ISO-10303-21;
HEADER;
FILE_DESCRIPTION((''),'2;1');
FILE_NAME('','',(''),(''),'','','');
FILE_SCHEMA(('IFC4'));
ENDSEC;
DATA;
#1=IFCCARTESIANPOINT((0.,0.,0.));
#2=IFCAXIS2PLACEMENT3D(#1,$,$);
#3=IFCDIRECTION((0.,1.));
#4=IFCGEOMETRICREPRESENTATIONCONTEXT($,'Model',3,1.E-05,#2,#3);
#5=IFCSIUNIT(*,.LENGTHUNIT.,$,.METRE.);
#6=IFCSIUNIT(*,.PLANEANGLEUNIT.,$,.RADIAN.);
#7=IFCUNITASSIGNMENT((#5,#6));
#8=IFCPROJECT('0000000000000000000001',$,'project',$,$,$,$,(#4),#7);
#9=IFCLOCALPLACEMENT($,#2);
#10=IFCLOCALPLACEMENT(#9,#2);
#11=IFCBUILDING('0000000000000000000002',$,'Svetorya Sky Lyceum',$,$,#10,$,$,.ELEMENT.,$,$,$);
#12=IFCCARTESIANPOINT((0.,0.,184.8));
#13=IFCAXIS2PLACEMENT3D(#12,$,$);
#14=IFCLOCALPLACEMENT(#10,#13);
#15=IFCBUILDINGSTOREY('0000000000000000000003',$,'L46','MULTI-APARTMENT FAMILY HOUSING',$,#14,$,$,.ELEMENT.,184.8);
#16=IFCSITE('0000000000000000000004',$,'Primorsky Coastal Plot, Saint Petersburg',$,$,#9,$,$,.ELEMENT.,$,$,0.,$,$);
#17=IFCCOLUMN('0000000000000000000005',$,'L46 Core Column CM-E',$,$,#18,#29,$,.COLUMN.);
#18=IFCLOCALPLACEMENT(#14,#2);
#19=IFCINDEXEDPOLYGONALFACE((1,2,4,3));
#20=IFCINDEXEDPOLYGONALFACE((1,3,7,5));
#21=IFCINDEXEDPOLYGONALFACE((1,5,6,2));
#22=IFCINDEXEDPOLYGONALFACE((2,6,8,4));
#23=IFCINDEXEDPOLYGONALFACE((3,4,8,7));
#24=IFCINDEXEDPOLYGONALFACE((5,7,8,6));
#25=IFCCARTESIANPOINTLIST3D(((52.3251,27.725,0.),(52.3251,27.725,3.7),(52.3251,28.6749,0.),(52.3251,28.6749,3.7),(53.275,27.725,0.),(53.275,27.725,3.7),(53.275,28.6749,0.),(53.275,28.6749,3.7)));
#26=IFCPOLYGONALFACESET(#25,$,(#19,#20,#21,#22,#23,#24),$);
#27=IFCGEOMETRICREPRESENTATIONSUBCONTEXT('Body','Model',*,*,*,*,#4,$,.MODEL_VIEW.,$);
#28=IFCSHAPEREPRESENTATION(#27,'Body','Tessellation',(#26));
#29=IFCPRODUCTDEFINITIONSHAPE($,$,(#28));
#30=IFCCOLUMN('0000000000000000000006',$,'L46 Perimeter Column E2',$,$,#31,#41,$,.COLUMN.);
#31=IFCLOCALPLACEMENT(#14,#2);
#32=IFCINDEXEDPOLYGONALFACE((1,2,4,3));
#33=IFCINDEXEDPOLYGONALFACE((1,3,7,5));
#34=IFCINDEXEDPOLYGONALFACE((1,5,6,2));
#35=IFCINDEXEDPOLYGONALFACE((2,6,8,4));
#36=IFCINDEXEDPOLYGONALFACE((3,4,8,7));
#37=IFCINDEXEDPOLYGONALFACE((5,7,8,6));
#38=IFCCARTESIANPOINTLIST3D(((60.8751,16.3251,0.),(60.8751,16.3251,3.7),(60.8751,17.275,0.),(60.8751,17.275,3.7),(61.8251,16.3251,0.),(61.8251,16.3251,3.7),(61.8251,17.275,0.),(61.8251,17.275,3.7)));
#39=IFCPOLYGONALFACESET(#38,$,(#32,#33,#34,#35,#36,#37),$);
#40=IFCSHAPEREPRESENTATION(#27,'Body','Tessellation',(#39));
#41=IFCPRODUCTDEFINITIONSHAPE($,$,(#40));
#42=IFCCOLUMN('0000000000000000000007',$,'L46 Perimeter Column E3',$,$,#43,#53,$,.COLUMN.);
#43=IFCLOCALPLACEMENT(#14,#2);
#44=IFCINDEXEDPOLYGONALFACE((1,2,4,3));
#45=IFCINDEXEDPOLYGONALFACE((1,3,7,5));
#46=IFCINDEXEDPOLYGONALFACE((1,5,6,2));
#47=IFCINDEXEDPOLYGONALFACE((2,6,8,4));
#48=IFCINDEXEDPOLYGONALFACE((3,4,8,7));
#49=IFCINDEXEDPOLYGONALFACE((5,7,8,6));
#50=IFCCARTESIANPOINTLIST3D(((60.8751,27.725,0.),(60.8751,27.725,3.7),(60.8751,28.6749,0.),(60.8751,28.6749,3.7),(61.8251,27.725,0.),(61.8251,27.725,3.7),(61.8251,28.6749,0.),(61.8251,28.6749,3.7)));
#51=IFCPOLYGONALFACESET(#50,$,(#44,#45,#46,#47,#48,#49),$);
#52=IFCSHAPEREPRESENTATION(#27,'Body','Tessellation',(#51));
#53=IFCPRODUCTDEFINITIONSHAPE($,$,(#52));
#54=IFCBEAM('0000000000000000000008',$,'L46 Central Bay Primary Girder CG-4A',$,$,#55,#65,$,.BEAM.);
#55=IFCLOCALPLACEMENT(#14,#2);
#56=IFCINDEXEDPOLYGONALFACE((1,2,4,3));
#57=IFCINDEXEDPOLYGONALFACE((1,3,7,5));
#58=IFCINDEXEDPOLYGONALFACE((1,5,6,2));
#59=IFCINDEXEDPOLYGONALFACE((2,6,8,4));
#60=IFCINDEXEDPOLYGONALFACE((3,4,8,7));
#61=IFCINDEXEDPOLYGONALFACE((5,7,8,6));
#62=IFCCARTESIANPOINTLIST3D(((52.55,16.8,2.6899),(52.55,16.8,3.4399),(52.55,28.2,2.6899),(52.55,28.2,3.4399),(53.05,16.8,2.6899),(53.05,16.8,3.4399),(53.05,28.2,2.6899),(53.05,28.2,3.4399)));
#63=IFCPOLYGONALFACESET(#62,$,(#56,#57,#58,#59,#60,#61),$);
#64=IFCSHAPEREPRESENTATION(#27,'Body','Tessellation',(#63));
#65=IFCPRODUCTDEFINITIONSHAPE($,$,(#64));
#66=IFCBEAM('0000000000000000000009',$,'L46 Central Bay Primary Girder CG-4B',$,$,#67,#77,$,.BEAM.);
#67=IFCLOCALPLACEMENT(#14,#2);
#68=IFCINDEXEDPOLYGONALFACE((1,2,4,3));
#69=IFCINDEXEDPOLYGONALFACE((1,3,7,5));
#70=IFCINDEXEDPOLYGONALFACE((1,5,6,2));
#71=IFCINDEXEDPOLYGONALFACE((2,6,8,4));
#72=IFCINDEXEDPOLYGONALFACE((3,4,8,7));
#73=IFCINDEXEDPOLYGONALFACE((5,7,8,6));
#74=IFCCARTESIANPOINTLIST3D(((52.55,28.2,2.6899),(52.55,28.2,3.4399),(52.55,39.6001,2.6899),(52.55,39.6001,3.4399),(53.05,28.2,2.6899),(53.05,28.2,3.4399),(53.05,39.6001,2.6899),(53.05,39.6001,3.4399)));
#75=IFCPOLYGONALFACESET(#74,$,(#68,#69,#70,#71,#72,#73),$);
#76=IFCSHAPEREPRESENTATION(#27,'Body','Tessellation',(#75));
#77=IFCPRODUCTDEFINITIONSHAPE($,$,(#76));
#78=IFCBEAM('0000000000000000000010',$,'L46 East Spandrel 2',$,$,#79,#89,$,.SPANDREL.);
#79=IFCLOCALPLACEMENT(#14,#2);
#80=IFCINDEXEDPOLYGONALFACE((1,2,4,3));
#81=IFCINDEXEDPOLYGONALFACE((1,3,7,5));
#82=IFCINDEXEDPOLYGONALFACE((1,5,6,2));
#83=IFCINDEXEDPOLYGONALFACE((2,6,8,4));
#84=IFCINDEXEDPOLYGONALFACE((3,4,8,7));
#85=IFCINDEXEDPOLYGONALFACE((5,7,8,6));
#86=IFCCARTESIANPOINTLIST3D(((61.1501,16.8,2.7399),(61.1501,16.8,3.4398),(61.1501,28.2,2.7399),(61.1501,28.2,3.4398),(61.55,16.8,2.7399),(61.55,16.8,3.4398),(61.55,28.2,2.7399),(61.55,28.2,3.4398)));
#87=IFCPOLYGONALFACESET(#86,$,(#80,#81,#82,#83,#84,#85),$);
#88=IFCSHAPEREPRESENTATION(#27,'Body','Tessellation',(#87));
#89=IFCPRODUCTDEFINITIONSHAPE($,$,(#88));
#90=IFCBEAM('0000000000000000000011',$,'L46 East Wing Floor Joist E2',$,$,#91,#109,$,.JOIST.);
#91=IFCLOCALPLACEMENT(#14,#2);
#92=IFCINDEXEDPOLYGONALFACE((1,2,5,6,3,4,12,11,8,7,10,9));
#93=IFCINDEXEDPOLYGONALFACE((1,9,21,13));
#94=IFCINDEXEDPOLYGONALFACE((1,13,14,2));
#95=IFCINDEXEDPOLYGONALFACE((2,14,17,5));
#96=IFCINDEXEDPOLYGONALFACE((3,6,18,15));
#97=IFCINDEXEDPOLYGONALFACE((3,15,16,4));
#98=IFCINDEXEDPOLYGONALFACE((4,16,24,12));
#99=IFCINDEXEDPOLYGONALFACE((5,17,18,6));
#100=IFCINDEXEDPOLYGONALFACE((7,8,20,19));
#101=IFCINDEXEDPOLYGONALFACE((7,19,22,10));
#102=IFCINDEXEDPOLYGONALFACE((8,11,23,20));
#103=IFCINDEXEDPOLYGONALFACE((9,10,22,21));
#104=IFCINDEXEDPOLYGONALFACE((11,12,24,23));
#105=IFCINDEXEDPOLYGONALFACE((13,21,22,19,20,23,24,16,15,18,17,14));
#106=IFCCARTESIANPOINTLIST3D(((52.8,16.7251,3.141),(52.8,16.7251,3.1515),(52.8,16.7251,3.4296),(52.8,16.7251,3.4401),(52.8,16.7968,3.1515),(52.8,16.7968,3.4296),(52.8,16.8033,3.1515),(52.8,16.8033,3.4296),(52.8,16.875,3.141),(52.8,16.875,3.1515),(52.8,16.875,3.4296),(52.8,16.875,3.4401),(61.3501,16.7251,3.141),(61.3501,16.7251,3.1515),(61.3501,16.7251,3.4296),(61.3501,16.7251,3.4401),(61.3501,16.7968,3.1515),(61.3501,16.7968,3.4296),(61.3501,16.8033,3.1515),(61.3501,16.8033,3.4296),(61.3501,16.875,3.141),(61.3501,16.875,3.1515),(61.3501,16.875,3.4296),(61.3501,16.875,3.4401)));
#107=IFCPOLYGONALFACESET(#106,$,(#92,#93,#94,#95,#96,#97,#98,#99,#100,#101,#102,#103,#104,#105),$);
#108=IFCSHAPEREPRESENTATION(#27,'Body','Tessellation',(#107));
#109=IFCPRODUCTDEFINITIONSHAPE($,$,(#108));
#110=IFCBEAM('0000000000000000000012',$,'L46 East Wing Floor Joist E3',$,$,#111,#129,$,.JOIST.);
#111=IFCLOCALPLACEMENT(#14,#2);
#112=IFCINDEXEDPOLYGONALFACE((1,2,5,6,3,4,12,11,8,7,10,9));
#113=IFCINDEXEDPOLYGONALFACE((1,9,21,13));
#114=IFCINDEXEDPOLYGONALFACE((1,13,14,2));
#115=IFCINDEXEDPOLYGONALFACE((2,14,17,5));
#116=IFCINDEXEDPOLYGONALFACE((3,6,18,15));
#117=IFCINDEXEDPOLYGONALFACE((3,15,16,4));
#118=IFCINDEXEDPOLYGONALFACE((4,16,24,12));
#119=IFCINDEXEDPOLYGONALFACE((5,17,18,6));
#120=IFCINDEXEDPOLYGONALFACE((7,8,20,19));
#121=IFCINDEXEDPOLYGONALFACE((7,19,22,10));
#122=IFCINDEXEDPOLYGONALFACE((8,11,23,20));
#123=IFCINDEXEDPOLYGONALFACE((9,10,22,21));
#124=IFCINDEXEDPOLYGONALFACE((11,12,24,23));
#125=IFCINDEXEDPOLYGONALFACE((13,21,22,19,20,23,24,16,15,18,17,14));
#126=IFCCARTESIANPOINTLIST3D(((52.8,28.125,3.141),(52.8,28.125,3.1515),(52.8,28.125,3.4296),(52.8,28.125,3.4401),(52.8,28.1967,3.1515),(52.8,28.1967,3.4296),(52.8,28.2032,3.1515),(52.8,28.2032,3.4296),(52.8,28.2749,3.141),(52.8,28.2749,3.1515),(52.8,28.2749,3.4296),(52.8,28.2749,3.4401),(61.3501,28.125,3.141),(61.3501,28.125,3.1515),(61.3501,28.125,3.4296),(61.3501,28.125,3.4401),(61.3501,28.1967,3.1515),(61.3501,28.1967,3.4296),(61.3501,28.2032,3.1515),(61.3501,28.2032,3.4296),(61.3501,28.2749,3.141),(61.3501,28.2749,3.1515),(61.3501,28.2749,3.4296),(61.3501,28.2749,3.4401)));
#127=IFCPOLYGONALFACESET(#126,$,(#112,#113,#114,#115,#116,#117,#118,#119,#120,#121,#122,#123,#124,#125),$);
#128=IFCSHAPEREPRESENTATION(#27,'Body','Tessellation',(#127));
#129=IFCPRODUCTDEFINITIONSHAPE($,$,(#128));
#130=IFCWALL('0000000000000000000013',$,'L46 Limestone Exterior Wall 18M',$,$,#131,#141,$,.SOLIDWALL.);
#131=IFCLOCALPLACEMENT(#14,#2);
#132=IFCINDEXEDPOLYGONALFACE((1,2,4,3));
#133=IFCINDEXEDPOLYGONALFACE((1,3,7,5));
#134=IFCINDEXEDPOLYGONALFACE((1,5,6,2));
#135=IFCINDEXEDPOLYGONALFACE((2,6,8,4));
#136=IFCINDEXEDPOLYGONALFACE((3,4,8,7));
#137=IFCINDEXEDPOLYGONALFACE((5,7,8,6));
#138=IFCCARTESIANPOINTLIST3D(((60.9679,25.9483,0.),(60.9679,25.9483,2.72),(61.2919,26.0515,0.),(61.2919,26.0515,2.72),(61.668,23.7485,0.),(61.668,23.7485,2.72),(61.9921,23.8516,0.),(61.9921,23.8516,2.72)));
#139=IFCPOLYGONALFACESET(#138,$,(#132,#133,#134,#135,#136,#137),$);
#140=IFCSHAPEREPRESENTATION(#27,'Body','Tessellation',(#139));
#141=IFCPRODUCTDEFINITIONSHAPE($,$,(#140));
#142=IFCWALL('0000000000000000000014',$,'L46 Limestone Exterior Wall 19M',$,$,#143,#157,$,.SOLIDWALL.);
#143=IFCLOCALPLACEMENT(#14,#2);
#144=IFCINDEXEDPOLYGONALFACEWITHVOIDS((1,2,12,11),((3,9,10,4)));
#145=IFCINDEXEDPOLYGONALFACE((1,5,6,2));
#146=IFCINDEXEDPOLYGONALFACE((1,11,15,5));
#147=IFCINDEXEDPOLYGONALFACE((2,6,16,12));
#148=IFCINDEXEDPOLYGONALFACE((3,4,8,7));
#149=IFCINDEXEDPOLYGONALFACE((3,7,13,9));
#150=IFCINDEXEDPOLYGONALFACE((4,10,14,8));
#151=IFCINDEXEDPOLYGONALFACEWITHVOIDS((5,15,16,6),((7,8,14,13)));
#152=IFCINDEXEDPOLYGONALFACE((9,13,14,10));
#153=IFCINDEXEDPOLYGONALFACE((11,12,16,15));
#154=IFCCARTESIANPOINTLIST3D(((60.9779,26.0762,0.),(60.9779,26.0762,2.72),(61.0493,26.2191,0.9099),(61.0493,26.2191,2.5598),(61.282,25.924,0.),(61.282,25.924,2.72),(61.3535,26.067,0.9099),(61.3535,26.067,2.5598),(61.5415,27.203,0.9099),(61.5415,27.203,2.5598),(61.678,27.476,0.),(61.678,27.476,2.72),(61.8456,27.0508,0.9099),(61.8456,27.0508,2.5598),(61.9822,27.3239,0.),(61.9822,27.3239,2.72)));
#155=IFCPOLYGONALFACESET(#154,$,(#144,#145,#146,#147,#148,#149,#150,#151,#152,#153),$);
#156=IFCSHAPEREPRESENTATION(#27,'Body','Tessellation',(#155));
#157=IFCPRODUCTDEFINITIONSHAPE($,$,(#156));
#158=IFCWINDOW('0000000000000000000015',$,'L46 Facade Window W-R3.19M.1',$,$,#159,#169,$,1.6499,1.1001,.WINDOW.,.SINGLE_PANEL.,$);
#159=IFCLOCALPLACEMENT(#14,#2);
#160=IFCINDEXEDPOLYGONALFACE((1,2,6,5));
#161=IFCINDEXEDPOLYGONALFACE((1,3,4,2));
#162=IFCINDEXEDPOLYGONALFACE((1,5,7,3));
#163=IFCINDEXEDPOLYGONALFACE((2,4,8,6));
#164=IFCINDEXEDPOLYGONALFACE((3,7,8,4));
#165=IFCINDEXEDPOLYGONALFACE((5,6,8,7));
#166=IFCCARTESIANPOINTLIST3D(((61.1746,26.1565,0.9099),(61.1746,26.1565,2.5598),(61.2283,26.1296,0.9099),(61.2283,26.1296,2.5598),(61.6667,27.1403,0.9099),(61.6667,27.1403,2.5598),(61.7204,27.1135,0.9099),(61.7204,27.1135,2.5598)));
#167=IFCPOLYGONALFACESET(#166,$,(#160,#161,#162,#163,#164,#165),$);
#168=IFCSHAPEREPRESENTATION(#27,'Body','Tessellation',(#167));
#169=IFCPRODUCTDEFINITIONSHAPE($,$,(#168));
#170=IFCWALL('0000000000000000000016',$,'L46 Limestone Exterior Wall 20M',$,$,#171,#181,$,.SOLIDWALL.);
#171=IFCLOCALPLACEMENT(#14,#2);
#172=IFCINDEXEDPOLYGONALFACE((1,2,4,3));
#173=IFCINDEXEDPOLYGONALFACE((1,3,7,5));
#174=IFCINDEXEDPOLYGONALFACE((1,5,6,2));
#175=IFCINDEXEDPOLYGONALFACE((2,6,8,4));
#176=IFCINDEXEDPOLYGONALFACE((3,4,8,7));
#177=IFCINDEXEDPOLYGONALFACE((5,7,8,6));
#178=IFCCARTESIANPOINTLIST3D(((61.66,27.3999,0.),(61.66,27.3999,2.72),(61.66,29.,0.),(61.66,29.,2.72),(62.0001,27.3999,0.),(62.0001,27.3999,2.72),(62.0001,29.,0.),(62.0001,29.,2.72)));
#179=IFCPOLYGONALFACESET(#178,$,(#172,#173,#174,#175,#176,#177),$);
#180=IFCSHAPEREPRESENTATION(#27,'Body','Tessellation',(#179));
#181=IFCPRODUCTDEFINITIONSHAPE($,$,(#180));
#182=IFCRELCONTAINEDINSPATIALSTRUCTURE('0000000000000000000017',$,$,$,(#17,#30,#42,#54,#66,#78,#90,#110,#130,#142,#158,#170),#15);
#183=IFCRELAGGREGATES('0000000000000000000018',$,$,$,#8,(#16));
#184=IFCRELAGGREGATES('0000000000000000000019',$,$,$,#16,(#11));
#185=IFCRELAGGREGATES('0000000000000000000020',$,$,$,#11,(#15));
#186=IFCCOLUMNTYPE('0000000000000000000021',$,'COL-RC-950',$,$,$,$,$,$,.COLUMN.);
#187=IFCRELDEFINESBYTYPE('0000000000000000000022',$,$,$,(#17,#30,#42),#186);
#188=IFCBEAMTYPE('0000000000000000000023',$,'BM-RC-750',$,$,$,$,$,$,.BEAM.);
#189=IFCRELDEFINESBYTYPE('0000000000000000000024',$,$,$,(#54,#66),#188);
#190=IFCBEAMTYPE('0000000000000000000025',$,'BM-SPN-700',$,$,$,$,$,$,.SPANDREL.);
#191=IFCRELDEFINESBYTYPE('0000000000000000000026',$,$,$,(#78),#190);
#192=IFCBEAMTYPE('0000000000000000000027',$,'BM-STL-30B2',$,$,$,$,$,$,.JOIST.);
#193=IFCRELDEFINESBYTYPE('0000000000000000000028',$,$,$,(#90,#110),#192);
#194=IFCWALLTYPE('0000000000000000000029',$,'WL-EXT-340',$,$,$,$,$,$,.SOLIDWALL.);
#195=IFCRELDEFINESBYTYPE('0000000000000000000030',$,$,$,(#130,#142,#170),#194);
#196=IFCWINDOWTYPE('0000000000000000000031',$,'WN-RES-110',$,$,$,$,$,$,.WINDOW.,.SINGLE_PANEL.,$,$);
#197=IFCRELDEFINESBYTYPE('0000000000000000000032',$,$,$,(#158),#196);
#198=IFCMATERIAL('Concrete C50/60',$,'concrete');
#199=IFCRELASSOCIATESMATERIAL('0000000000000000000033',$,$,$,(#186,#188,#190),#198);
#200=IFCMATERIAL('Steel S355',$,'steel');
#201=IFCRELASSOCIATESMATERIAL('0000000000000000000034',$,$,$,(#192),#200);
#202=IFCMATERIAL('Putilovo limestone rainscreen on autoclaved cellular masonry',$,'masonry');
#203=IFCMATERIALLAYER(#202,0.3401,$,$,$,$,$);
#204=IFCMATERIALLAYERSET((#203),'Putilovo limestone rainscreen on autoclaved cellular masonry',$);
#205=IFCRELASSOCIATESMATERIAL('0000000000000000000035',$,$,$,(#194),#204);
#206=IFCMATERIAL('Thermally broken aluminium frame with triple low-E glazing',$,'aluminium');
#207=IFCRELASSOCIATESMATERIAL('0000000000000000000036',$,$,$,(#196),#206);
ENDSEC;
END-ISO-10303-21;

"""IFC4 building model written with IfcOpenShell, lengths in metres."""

from ifc_helpers import new_model, si_unit, direction, frame, frame_2d, origin, origin_2d, place, context, subcontext, project, spatial, rectangle, i_section, extrude, material, layer, layer_set, material_profile, profile_set, type_object, element, fill, save


model = new_model("IFC4")

# Units and contexts
model_context = context("Model", 3, precision=1e-05, world=origin(), true_north=direction((0.0, 1.0)))
body_context = subcontext(model_context, "Body", "Model", "MODEL_VIEW")
ifc_project = project(units=[si_unit("LENGTHUNIT", "METRE"), si_unit("PLANEANGLEUNIT", "RADIAN")], contexts=[model_context])

# Site, building, storey
site_placement = place(None, origin())
site = spatial("IfcSite", under=ifc_project, at=site_placement, Name="Primorsky Coastal Plot, Saint Petersburg", CompositionType="ELEMENT", RefElevation=0.0)
building_placement = place(site_placement, origin())
building = spatial("IfcBuilding", under=site, at=building_placement, Name="Svetorya Sky Lyceum", CompositionType="ELEMENT")
storey_placement = place(building_placement, frame((0.0, 0.0, 184.8)))
storey = spatial("IfcBuildingStorey", under=building, at=storey_placement, Name="L46", Description="MULTI-APARTMENT FAMILY HOUSING", CompositionType="ELEMENT", Elevation=184.8)

# Columns
ifc_material_1 = material(Name="Concrete C50/60", Category="concrete")
ifc_material_profile_1 = material_profile(ifc_material_1, rectangle(XDim=0.95, YDim=0.95, at=origin_2d()), Name="RC COL 950x950")
ifc_profile_set_1 = profile_set([ifc_material_profile_1], Name="Concrete C50/60")
column_type = type_object("IfcColumnType", Name="COL-RC-950", PredefinedType="COLUMN", material=ifc_profile_set_1)
for number, where, z_axis, x_axis, name in (
    (1, (52.8, 28.2, 0.0), (0.0, 0.0, 1.0), (1.0, 0.0, 0.0), "L46 Core Column CM-E"),
    (2, (61.3501, 16.8, 0.0), (0.0, 0.0, 1.0), (1.0, 0.0, 0.0), "L46 Perimeter Column E2"),
    (3, (61.3501, 28.2, 0.0), (0.0, 0.0, 1.0), (1.0, 0.0, 0.0), "L46 Perimeter Column E3"),
):
    element("IfcColumn", number, at=place(storey_placement, frame(where, z_axis=z_axis, x_axis=x_axis)), inside=storey, type_object=column_type, Name=name, PredefinedType="COLUMN", context=body_context, shape_type="SweptSolid", body=[
        extrude(rectangle(XDim=0.95, YDim=0.95, at=origin_2d()), origin(), (0.0, 0.0, 1.0), 3.7),
    ])

# Beams
ifc_material_profile_2 = material_profile(ifc_material_1, rectangle(XDim=0.5, YDim=0.75, at=origin_2d()), Name="RC BEAM 500x750")
ifc_profile_set_2 = profile_set([ifc_material_profile_2], Name="Concrete C50/60")
beam_type_1 = type_object("IfcBeamType", Name="BM-RC-750", PredefinedType="BEAM", material=ifc_profile_set_2)
beam_1_placement = place(storey_placement, frame((52.8, 16.8, 3.0649), z_axis=(0.0, 1.0, 0.0), x_axis=(-1.0, 0.0, 0.0)))
element("IfcBeam", 4, at=beam_1_placement, inside=storey, type_object=beam_type_1, Name="L46 Central Bay Primary Girder CG-4A", PredefinedType="BEAM", context=body_context, shape_type="SweptSolid", body=[
    extrude(rectangle(XDim=0.5, YDim=0.75, at=origin_2d()), origin(), (0.0, 0.0, 1.0), 11.3999),
])
beam_2_placement = place(storey_placement, frame((52.8, 28.2, 3.0649), z_axis=(0.0, 1.0, 0.0), x_axis=(-1.0, 0.0, 0.0)))
element("IfcBeam", 5, at=beam_2_placement, inside=storey, type_object=beam_type_1, Name="L46 Central Bay Primary Girder CG-4B", PredefinedType="BEAM", context=body_context, shape_type="SweptSolid", body=[
    extrude(rectangle(XDim=0.5, YDim=0.75, at=origin_2d()), origin(), (0.0, 0.0, 1.0), 11.4001),
])
ifc_material_profile_3 = material_profile(ifc_material_1, rectangle(XDim=0.3999, YDim=0.7, at=origin_2d()), Name="RC SPANDREL 400x700")
ifc_profile_set_3 = profile_set([ifc_material_profile_3], Name="Concrete C50/60")
beam_type_2 = type_object("IfcBeamType", Name="BM-SPN-700", PredefinedType="SPANDREL", material=ifc_profile_set_3)
beam_3_placement = place(storey_placement, frame((61.3501, 16.8, 3.0898), z_axis=(0.0, 1.0, 0.0), x_axis=(-1.0, 0.0, 0.0)))
element("IfcBeam", 6, at=beam_3_placement, inside=storey, type_object=beam_type_2, Name="L46 East Spandrel 2", PredefinedType="SPANDREL", context=body_context, shape_type="SweptSolid", body=[
    extrude(rectangle(XDim=0.3999, YDim=0.7, at=origin_2d()), origin(), (0.0, 0.0, 1.0), 11.3999),
])
ifc_material_2 = material(Name="Steel S355", Category="steel")
ifc_material_profile_4 = material_profile(ifc_material_2, i_section(OverallWidth=0.1499, OverallDepth=0.2991, WebThickness=0.0066, FlangeThickness=0.0105, at=origin_2d()), Name="GOST 30B2")
ifc_profile_set_4 = profile_set([ifc_material_profile_4], Name="Steel S355")
beam_type_3 = type_object("IfcBeamType", Name="BM-STL-30B2", PredefinedType="JOIST", material=ifc_profile_set_4)
for number, where, z_axis, x_axis, name in (
    (7, (52.8, 16.8, 3.2905), (1.0, 0.0, 0.0), (0.0, 1.0, 0.0), "L46 East Wing Floor Joist E2"),
    (8, (52.8, 28.2, 3.2905), (1.0, 0.0, 0.0), (0.0, 1.0, 0.0), "L46 East Wing Floor Joist E3"),
):
    element("IfcBeam", number, at=place(storey_placement, frame(where, z_axis=z_axis, x_axis=x_axis)), inside=storey, type_object=beam_type_3, Name=name, PredefinedType="JOIST", context=body_context, shape_type="SweptSolid", body=[
        extrude(i_section(OverallWidth=0.1499, OverallDepth=0.2991, WebThickness=0.0066, FlangeThickness=0.0105, at=origin_2d()), origin(), (0.0, 0.0, 1.0), 8.55),
    ])

# Wall
ifc_material_3 = material(Name="Putilovo limestone rainscreen on autoclaved cellular masonry", Category="masonry")
ifc_layer_1 = layer(ifc_material_3, 0.3401)
ifc_layer_set_1 = layer_set([ifc_layer_1], Name="Putilovo limestone rainscreen on autoclaved cellular masonry")
wall_type_1 = type_object("IfcWallType", Name="WL-EXT-340", PredefinedType="SOLIDWALL", material=ifc_layer_set_1)
wall_1_placement = place(storey_placement, frame((61.8301, 23.8, 0.0), z_axis=(0.0, 0.0, 1.0), x_axis=(-0.303287, 0.952899, 0.0)))
element("IfcWall", 9, at=wall_1_placement, inside=storey, type_object=wall_type_1, Name="L46 Limestone Exterior Wall 18M", PredefinedType="SOLIDWALL", context=body_context, shape_type="SweptSolid", body=[
    extrude(rectangle(XDim=2.3086, YDim=0.3401, at=frame_2d((1.1543, 0.0))), origin(), (0.0, 0.0, 1.0), 2.72),
])

# Wall, opening, window
wall_2_placement = place(storey_placement, frame((61.1299, 26.0, 0.0), z_axis=(0.0, 0.0, 1.0), x_axis=(0.447338, 0.894365, 0.0)))
wall_2 = element("IfcWall", 10, at=wall_2_placement, inside=storey, type_object=wall_type_1, Name="L46 Limestone Exterior Wall 19M", PredefinedType="SOLIDWALL", context=body_context, shape_type="SweptSolid", body=[
    extrude(rectangle(XDim=1.5652, YDim=0.3401, at=frame_2d((0.7827, 0.0))), origin(), (0.0, 0.0, 1.0), 2.72),
])
opening_1_placement = place(wall_2_placement, frame((0.1599, 0.0, 0.9099)))
opening_1 = element("IfcOpeningElement", 11, at=opening_1_placement, cuts=wall_2, PredefinedType="OPENING", context=body_context, shape_type="SweptSolid", body=[
    extrude(rectangle(XDim=1.1001, YDim=1.6499, at=frame_2d((0.55, 0.825))), frame((0.0, 0.1799, 0.0), z_axis=(0.0, -1.0, 0.0), x_axis=(1.0, 0.0, 0.0)), (0.0, 0.0, 1.0), 0.3601),
])
ifc_material_4 = material(Name="Thermally broken aluminium frame with triple low-E glazing", Category="aluminium")
window_type = type_object("IfcWindowType", Name="WN-RES-110", PartitioningType="SINGLE_PANEL", PredefinedType="WINDOW", material=ifc_material_4)
window_placement = place(opening_1_placement, origin())
window = element("IfcWindow", 12, at=window_placement, inside=storey, type_object=window_type, Name="L46 Facade Window W-R3.19M.1", OverallHeight=1.6499, OverallWidth=1.1001, PartitioningType="SINGLE_PANEL", PredefinedType="WINDOW", context=body_context, shape_type="SweptSolid", body=[
    extrude(rectangle(XDim=1.1001, YDim=1.6499, at=frame_2d((0.55, 0.825))), frame((0.0, 0.03, 0.0), z_axis=(0.0, -1.0, 0.0), x_axis=(1.0, 0.0, 0.0)), (0.0, 0.0, 1.0), 0.0601),
])
fill(opening_1, window)

# Wall
wall_3_placement = place(storey_placement, frame((61.8301, 27.3999, 0.0), z_axis=(0.0, 0.0, 1.0), x_axis=(0.0, 1.0, 0.0)))
element("IfcWall", 13, at=wall_3_placement, inside=storey, type_object=wall_type_1, Name="L46 Limestone Exterior Wall 20M", PredefinedType="SOLIDWALL", context=body_context, shape_type="SweptSolid", body=[
    extrude(rectangle(XDim=1.6001, YDim=0.3401, at=frame_2d((0.8, 0.0))), origin(), (0.0, 0.0, 1.0), 2.72),
])

save(model, "model.ifc")
